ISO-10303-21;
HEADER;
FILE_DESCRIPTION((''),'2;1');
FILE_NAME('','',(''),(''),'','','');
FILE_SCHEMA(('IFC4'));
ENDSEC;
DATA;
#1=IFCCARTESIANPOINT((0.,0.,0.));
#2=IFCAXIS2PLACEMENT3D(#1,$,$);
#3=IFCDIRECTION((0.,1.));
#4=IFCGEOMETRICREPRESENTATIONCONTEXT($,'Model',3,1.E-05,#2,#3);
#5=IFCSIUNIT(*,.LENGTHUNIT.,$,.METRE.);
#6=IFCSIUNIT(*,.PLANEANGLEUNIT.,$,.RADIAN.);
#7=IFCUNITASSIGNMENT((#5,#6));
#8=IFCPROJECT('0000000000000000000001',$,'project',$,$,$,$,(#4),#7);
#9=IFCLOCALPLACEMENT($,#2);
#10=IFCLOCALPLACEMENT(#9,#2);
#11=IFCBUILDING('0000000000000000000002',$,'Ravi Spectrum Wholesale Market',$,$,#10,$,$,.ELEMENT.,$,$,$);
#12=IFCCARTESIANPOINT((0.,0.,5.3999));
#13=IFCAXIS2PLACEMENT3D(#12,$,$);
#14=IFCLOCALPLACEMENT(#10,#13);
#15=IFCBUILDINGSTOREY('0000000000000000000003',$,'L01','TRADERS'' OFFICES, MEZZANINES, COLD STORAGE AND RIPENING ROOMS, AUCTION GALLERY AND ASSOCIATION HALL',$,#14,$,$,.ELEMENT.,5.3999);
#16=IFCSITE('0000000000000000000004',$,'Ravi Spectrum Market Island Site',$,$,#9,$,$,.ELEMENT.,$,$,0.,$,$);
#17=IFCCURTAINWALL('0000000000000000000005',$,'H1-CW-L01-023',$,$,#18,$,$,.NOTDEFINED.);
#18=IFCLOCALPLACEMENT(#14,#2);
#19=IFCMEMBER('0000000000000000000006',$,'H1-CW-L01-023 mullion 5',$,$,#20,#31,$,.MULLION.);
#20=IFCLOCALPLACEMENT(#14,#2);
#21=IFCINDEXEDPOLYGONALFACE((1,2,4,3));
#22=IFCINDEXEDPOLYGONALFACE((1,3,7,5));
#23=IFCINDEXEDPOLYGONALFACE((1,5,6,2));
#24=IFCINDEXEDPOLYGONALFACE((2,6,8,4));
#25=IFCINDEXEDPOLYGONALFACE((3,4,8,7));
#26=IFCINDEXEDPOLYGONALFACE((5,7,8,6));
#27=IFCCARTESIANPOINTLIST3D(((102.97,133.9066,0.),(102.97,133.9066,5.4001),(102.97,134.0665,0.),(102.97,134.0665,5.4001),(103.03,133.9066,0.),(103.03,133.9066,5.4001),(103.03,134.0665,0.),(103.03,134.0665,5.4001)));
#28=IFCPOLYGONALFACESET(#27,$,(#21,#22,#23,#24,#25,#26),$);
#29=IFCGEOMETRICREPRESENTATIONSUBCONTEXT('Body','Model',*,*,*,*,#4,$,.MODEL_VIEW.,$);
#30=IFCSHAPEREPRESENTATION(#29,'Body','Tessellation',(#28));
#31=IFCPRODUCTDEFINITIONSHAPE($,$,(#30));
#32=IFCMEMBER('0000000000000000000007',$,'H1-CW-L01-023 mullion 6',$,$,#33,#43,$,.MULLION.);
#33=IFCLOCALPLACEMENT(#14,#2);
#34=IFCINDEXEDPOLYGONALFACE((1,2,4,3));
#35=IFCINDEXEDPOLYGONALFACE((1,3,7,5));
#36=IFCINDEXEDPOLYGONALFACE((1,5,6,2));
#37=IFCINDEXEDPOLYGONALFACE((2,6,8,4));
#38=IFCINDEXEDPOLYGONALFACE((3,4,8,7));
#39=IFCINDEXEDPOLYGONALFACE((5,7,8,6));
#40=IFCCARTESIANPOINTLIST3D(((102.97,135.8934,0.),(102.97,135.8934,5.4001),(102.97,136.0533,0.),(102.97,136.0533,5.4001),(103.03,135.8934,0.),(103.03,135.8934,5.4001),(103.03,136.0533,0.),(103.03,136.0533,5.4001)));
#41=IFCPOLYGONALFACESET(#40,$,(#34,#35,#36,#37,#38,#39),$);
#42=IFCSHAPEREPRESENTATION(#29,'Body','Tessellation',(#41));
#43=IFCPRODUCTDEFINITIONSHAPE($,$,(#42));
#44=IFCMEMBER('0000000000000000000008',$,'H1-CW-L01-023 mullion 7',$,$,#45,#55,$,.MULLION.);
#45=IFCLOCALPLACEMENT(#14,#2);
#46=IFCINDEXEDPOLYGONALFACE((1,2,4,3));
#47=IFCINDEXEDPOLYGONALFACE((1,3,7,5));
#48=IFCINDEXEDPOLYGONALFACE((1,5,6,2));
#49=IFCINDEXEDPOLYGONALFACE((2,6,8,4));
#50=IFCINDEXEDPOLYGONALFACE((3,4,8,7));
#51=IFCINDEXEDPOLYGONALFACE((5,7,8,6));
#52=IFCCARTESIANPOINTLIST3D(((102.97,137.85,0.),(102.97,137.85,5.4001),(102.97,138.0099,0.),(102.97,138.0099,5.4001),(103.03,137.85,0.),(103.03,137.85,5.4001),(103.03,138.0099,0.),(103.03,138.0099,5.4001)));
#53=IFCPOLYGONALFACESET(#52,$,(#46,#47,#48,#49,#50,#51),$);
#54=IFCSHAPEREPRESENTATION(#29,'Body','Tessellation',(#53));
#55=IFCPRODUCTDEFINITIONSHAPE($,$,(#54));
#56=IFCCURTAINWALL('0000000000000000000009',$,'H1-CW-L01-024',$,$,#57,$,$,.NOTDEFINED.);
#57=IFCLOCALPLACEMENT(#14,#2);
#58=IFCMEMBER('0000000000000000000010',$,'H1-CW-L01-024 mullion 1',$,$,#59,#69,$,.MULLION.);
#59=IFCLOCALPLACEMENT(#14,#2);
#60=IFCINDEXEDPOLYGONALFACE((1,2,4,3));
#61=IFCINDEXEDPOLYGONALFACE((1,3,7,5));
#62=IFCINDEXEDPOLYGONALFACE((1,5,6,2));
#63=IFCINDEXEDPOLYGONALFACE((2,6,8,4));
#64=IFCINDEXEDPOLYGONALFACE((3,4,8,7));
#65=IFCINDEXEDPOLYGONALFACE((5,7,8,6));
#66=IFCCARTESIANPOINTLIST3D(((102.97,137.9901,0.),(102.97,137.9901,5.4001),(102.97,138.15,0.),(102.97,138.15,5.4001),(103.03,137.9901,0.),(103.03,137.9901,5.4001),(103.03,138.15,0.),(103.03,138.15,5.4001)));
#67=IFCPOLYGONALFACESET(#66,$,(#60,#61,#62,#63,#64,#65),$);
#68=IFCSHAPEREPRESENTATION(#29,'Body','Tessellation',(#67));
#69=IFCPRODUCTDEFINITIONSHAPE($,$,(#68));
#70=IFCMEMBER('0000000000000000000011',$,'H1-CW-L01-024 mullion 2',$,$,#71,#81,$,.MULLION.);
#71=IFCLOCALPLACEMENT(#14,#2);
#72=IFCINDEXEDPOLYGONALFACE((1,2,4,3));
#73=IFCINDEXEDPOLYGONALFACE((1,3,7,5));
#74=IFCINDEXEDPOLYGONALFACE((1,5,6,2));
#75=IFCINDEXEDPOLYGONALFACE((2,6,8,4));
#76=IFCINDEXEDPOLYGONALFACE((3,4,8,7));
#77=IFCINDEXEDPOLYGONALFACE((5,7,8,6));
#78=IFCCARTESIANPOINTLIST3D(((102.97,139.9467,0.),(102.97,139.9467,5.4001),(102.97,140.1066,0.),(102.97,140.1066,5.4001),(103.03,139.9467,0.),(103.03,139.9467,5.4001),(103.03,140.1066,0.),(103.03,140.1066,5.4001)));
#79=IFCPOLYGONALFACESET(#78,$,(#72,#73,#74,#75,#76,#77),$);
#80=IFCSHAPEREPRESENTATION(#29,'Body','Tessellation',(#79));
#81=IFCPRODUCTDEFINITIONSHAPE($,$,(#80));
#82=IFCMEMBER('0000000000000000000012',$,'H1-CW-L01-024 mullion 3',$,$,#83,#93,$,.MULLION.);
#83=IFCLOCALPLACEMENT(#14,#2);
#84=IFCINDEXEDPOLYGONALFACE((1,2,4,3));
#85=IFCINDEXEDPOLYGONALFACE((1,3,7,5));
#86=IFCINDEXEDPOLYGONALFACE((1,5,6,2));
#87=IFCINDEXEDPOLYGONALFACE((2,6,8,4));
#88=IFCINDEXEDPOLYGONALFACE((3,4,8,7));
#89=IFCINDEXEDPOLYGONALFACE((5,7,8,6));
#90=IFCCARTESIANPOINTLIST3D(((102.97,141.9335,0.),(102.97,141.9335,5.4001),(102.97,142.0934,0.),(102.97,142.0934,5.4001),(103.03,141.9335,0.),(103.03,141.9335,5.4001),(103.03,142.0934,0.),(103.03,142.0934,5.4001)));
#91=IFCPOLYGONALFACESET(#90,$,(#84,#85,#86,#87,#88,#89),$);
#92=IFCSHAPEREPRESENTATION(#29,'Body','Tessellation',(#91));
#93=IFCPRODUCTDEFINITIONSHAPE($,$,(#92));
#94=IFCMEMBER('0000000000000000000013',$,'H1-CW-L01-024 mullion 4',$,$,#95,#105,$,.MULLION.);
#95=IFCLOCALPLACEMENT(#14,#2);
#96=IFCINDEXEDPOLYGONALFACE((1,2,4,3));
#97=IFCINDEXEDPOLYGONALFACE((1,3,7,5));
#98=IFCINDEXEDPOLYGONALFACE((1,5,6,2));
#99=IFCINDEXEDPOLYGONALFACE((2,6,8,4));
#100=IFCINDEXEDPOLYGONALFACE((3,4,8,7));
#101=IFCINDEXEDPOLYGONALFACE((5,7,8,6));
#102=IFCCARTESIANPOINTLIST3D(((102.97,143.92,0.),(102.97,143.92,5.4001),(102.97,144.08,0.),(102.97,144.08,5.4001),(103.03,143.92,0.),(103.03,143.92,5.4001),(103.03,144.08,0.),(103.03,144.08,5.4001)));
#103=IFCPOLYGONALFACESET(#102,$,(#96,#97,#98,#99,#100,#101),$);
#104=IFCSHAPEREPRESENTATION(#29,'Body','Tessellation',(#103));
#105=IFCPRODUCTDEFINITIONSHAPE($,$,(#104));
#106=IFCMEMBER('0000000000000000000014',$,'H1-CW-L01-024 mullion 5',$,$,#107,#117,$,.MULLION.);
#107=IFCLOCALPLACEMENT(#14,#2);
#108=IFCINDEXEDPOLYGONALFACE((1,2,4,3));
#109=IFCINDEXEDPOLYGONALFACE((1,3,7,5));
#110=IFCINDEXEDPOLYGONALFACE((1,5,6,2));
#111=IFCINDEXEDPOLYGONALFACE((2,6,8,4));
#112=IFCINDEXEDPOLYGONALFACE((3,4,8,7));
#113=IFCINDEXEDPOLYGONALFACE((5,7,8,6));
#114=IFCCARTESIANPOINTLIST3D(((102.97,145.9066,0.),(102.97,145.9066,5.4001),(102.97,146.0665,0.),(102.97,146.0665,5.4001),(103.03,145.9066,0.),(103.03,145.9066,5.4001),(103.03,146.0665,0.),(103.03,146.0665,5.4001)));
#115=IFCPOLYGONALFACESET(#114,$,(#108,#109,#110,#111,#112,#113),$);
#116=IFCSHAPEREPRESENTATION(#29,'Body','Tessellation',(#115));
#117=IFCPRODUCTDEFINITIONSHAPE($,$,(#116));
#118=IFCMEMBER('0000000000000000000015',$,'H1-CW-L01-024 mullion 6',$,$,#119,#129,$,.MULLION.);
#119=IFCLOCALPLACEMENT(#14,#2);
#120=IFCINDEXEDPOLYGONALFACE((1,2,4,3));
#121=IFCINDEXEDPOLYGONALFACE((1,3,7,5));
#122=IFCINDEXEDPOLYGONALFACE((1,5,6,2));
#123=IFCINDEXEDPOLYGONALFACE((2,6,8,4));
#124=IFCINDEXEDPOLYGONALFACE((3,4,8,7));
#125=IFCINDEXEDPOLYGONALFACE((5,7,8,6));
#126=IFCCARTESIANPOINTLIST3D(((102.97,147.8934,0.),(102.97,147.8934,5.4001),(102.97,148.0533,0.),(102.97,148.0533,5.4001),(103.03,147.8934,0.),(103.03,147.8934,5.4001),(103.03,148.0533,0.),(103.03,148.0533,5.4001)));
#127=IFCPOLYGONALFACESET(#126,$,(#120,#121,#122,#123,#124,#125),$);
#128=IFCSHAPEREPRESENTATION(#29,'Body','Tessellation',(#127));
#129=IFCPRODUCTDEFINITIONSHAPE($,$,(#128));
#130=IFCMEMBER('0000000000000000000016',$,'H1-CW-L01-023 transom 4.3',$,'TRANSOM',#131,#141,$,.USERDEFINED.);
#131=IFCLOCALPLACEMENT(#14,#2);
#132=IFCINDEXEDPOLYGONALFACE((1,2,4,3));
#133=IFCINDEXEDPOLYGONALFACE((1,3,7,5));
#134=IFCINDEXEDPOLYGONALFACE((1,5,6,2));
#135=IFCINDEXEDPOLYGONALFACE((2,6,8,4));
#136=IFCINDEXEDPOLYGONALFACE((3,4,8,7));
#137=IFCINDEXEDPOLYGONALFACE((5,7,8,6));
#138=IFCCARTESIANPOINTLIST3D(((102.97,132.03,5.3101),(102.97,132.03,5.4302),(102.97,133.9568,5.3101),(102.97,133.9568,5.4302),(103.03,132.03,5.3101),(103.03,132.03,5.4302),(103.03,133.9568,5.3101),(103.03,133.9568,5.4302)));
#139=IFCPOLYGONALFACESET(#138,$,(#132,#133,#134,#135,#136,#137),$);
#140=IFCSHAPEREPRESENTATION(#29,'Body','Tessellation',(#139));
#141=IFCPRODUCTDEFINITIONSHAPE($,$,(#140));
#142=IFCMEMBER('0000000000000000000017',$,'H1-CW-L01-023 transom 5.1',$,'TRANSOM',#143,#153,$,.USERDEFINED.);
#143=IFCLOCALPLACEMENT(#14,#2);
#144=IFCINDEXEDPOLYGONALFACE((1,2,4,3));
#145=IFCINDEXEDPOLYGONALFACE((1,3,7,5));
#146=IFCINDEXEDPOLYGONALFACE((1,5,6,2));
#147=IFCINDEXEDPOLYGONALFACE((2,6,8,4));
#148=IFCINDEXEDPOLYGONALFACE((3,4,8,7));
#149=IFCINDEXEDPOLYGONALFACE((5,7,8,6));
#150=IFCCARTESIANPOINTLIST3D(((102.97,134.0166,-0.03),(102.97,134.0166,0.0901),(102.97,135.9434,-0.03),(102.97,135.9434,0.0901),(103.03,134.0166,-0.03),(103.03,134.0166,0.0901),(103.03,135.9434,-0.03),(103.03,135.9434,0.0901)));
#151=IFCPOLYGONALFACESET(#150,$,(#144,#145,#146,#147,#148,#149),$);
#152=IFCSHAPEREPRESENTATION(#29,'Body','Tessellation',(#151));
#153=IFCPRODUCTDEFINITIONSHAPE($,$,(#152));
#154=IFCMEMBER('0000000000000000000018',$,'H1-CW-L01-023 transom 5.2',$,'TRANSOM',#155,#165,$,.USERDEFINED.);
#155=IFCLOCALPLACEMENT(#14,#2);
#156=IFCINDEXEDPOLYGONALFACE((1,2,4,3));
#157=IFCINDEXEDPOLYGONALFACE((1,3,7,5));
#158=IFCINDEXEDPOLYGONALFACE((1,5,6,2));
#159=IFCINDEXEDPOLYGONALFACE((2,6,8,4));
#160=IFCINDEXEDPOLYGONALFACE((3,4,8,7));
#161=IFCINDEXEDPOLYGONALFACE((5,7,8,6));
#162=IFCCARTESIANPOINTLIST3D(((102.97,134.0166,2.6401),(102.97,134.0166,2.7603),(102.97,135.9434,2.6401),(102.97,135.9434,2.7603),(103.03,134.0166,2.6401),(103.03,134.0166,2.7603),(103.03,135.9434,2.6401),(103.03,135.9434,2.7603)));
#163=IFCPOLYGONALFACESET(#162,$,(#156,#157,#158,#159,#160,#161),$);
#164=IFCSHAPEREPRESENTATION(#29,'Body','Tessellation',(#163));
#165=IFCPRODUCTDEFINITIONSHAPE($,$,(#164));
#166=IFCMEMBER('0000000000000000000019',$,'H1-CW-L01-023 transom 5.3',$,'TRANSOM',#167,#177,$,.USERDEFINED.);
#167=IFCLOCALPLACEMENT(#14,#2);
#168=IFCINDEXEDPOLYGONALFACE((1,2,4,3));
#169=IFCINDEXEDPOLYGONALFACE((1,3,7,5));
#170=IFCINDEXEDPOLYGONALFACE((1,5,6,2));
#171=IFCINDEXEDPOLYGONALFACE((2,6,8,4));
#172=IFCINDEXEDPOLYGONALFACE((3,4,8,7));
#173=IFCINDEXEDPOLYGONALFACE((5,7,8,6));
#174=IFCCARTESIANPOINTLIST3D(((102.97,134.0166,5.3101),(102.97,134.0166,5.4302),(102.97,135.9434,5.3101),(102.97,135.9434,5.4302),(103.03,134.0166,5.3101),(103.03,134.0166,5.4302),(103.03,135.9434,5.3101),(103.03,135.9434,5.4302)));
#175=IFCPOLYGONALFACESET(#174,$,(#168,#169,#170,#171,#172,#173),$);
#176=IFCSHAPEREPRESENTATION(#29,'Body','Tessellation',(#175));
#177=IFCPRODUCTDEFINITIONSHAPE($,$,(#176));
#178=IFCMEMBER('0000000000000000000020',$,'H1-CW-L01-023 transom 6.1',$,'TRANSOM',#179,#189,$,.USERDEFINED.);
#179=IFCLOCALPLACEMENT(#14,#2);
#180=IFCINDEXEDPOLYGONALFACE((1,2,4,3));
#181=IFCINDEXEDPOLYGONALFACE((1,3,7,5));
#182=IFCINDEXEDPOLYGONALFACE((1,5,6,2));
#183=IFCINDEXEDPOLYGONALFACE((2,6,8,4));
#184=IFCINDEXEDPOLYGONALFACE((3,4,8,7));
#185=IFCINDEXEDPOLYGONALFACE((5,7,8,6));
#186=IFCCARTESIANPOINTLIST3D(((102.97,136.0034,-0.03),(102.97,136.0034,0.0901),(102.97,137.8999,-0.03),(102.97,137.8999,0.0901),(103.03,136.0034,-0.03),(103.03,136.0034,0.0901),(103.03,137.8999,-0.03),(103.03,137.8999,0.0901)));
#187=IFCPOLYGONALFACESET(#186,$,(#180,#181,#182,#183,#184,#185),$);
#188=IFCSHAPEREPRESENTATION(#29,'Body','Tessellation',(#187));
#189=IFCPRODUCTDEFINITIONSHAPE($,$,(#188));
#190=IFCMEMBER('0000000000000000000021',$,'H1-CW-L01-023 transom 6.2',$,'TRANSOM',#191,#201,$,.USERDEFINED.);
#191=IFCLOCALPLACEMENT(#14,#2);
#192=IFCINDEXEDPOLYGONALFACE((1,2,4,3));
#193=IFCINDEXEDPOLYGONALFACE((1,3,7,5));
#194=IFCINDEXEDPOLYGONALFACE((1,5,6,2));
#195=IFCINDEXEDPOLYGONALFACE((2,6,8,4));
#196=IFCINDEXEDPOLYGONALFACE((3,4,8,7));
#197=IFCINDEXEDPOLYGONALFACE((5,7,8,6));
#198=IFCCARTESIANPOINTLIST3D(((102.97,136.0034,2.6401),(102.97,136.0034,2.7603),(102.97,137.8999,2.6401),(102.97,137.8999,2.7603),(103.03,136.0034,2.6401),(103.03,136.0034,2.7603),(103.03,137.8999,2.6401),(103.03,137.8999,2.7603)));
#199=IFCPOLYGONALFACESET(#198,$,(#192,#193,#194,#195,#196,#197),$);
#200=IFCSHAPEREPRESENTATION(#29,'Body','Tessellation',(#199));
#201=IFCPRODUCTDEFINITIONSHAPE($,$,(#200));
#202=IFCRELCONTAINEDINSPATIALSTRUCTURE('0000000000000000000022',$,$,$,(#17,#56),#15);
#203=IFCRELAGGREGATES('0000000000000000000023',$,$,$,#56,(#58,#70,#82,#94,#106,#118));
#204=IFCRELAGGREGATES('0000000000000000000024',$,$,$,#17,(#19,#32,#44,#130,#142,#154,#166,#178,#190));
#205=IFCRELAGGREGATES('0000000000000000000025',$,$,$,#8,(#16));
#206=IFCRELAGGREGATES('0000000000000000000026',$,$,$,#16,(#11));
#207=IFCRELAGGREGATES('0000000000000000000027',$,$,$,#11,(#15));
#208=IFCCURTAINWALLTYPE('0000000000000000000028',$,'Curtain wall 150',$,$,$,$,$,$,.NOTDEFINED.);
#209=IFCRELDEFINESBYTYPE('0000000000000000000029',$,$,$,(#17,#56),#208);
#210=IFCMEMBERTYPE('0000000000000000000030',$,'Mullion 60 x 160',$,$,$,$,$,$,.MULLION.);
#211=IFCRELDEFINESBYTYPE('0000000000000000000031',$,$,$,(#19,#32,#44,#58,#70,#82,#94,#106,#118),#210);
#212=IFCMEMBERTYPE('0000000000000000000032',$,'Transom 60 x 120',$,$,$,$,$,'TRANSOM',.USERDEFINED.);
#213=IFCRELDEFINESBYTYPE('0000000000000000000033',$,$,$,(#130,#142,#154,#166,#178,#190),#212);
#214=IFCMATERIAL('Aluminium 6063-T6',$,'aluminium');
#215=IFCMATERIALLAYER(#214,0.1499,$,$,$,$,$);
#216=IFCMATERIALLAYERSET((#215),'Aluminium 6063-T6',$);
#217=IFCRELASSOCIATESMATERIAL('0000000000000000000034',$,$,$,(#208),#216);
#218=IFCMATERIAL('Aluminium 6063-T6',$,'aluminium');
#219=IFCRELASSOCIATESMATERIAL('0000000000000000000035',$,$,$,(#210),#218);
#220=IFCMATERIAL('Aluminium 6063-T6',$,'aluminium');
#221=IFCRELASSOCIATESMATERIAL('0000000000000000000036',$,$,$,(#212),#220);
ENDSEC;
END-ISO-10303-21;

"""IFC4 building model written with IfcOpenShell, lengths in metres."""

from ifc_helpers import new_model, si_unit, direction, frame, origin, origin_2d, place, context, subcontext, project, spatial, rectangle, extrude, material, layer, layer_set, material_profile, profile_set, type_object, element, aggregate, save


model = new_model("IFC4")

# Units and contexts
model_context = context("Model", 3, precision=1e-05, world=origin(), true_north=direction((0.0, 1.0)))
body_context = subcontext(model_context, "Body", "Model", "MODEL_VIEW")
ifc_project = project(units=[si_unit("LENGTHUNIT", "METRE"), si_unit("PLANEANGLEUNIT", "RADIAN")], contexts=[model_context])

# Site, building, storey
site_placement = place(None, origin())
site = spatial("IfcSite", under=ifc_project, at=site_placement, Name="Ravi Spectrum Market Island Site", CompositionType="ELEMENT", RefElevation=0.0)
building_placement = place(site_placement, origin())
building = spatial("IfcBuilding", under=site, at=building_placement, Name="Ravi Spectrum Wholesale Market", CompositionType="ELEMENT")
storey_placement = place(building_placement, frame((0.0, 0.0, 5.3999)))
storey = spatial("IfcBuildingStorey", under=building, at=storey_placement, Name="L01", Description="TRADERS' OFFICES, MEZZANINES, COLD STORAGE AND RIPENING ROOMS, AUCTION GALLERY AND ASSOCIATION HALL", CompositionType="ELEMENT", Elevation=5.3999)

# Curtain walls, members
ifc_material_1 = material(Name="Aluminium 6063-T6", Category="aluminium")
ifc_layer_1 = layer(ifc_material_1, 0.1499)
ifc_layer_set_1 = layer_set([ifc_layer_1], Name="Aluminium 6063-T6")
curtain_wall_type = type_object("IfcCurtainWallType", Name="Curtain wall 150", PredefinedType="NOTDEFINED", material=ifc_layer_set_1)
curtain_wall_1_placement = place(storey_placement, origin())
curtain_wall_1 = element("IfcCurtainWall", 1, at=curtain_wall_1_placement, inside=storey, type_object=curtain_wall_type, Name="H1-CW-L01-023", PredefinedType="NOTDEFINED")
ifc_material_2 = material(Name="Aluminium 6063-T6", Category="aluminium")
ifc_material_profile_1 = material_profile(ifc_material_2, rectangle(XDim=0.0601, YDim=0.1599, at=origin_2d()))
ifc_profile_set_1 = profile_set([ifc_material_profile_1], Name="Aluminium 6063-T6")
member_type_1 = type_object("IfcMemberType", Name="Mullion 60 x 160", PredefinedType="MULLION", material=ifc_profile_set_1)
member_1_placement = place(storey_placement, frame((103.0, 133.9866, 0.0), z_axis=(0.0, 0.0, 1.0), x_axis=(-1.0, 0.0, 0.0)))
member_1 = element("IfcMember", 2, at=member_1_placement, type_object=member_type_1, Name="H1-CW-L01-023 mullion 5", PredefinedType="MULLION", context=body_context, shape_type="SweptSolid", body=[
    extrude(rectangle(XDim=0.0601, YDim=0.1599, at=origin_2d()), origin(), (0.0, 0.0, 1.0), 5.4001),
])
member_2_placement = place(storey_placement, frame((103.0, 135.9734, 0.0), z_axis=(0.0, 0.0, 1.0), x_axis=(-1.0, 0.0, 0.0)))
member_2 = element("IfcMember", 3, at=member_2_placement, type_object=member_type_1, Name="H1-CW-L01-023 mullion 6", PredefinedType="MULLION", context=body_context, shape_type="SweptSolid", body=[
    extrude(rectangle(XDim=0.0601, YDim=0.1599, at=origin_2d()), origin(), (0.0, 0.0, 1.0), 5.4001),
])
member_3_placement = place(storey_placement, frame((103.0, 137.9299, 0.0), z_axis=(0.0, 0.0, 1.0), x_axis=(-1.0, 0.0, 0.0)))
member_3 = element("IfcMember", 4, at=member_3_placement, type_object=member_type_1, Name="H1-CW-L01-023 mullion 7", PredefinedType="MULLION", context=body_context, shape_type="SweptSolid", body=[
    extrude(rectangle(XDim=0.0601, YDim=0.1599, at=origin_2d()), origin(), (0.0, 0.0, 1.0), 5.4001),
])
curtain_wall_2_placement = place(storey_placement, origin())
curtain_wall_2 = element("IfcCurtainWall", 5, at=curtain_wall_2_placement, inside=storey, type_object=curtain_wall_type, Name="H1-CW-L01-024", PredefinedType="NOTDEFINED")
member_4_placement = place(storey_placement, frame((103.0, 138.0701, 0.0), z_axis=(0.0, 0.0, 1.0), x_axis=(-1.0, 0.0, 0.0)))
member_4 = element("IfcMember", 6, at=member_4_placement, type_object=member_type_1, Name="H1-CW-L01-024 mullion 1", PredefinedType="MULLION", context=body_context, shape_type="SweptSolid", body=[
    extrude(rectangle(XDim=0.0601, YDim=0.1599, at=origin_2d()), origin(), (0.0, 0.0, 1.0), 5.4001),
])
member_5_placement = place(storey_placement, frame((103.0, 140.0266, 0.0), z_axis=(0.0, 0.0, 1.0), x_axis=(-1.0, 0.0, 0.0)))
member_5 = element("IfcMember", 7, at=member_5_placement, type_object=member_type_1, Name="H1-CW-L01-024 mullion 2", PredefinedType="MULLION", context=body_context, shape_type="SweptSolid", body=[
    extrude(rectangle(XDim=0.0601, YDim=0.1599, at=origin_2d()), origin(), (0.0, 0.0, 1.0), 5.4001),
])
member_6_placement = place(storey_placement, frame((103.0, 142.0134, 0.0), z_axis=(0.0, 0.0, 1.0), x_axis=(-1.0, 0.0, 0.0)))
member_6 = element("IfcMember", 8, at=member_6_placement, type_object=member_type_1, Name="H1-CW-L01-024 mullion 3", PredefinedType="MULLION", context=body_context, shape_type="SweptSolid", body=[
    extrude(rectangle(XDim=0.0601, YDim=0.1599, at=origin_2d()), origin(), (0.0, 0.0, 1.0), 5.4001),
])
member_7_placement = place(storey_placement, frame((103.0, 144.0, 0.0), z_axis=(0.0, 0.0, 1.0), x_axis=(-1.0, 0.0, 0.0)))
member_7 = element("IfcMember", 9, at=member_7_placement, type_object=member_type_1, Name="H1-CW-L01-024 mullion 4", PredefinedType="MULLION", context=body_context, shape_type="SweptSolid", body=[
    extrude(rectangle(XDim=0.0601, YDim=0.1599, at=origin_2d()), origin(), (0.0, 0.0, 1.0), 5.4001),
])
member_8_placement = place(storey_placement, frame((103.0, 145.9866, 0.0), z_axis=(0.0, 0.0, 1.0), x_axis=(-1.0, 0.0, 0.0)))
member_8 = element("IfcMember", 10, at=member_8_placement, type_object=member_type_1, Name="H1-CW-L01-024 mullion 5", PredefinedType="MULLION", context=body_context, shape_type="SweptSolid", body=[
    extrude(rectangle(XDim=0.0601, YDim=0.1599, at=origin_2d()), origin(), (0.0, 0.0, 1.0), 5.4001),
])
member_9_placement = place(storey_placement, frame((103.0, 147.9734, 0.0), z_axis=(0.0, 0.0, 1.0), x_axis=(-1.0, 0.0, 0.0)))
member_9 = element("IfcMember", 11, at=member_9_placement, type_object=member_type_1, Name="H1-CW-L01-024 mullion 6", PredefinedType="MULLION", context=body_context, shape_type="SweptSolid", body=[
    extrude(rectangle(XDim=0.0601, YDim=0.1599, at=origin_2d()), origin(), (0.0, 0.0, 1.0), 5.4001),
])
aggregate(curtain_wall_2, [member_4, member_5, member_6, member_7, member_8, member_9])

# Members
ifc_material_3 = material(Name="Aluminium 6063-T6", Category="aluminium")
ifc_material_profile_2 = material_profile(ifc_material_3, rectangle(XDim=0.0601, YDim=0.1201, at=origin_2d()))
ifc_profile_set_2 = profile_set([ifc_material_profile_2], Name="Aluminium 6063-T6")
member_type_2 = type_object("IfcMemberType", Name="Transom 60 x 120", ElementType="TRANSOM", PredefinedType="USERDEFINED", material=ifc_profile_set_2)
member_10_placement = place(storey_placement, frame((103.0, 132.03, 5.3701), z_axis=(0.0, 1.0, 0.0), x_axis=(-1.0, 0.0, 0.0)))
member_10 = element("IfcMember", 12, at=member_10_placement, type_object=member_type_2, Name="H1-CW-L01-023 transom 4.3", ObjectType="TRANSOM", PredefinedType="USERDEFINED", context=body_context, shape_type="SweptSolid", body=[
    extrude(rectangle(XDim=0.0601, YDim=0.1201, at=origin_2d()), origin(), (0.0, 0.0, 1.0), 1.9268),
])
member_11_placement = place(storey_placement, frame((103.0, 134.0166, 0.03), z_axis=(0.0, 1.0, 0.0), x_axis=(-1.0, 0.0, 0.0)))
member_11 = element("IfcMember", 13, at=member_11_placement, type_object=member_type_2, Name="H1-CW-L01-023 transom 5.1", ObjectType="TRANSOM", PredefinedType="USERDEFINED", context=body_context, shape_type="SweptSolid", body=[
    extrude(rectangle(XDim=0.0601, YDim=0.1201, at=origin_2d()), origin(), (0.0, 0.0, 1.0), 1.9268),
])
member_12_placement = place(storey_placement, frame((103.0, 134.0166, 2.7002), z_axis=(0.0, 1.0, 0.0), x_axis=(-1.0, 0.0, 0.0)))
member_12 = element("IfcMember", 14, at=member_12_placement, type_object=member_type_2, Name="H1-CW-L01-023 transom 5.2", ObjectType="TRANSOM", PredefinedType="USERDEFINED", context=body_context, shape_type="SweptSolid", body=[
    extrude(rectangle(XDim=0.0601, YDim=0.1201, at=origin_2d()), origin(), (0.0, 0.0, 1.0), 1.9268),
])
member_13_placement = place(storey_placement, frame((103.0, 134.0166, 5.3701), z_axis=(0.0, 1.0, 0.0), x_axis=(-1.0, 0.0, 0.0)))
member_13 = element("IfcMember", 15, at=member_13_placement, type_object=member_type_2, Name="H1-CW-L01-023 transom 5.3", ObjectType="TRANSOM", PredefinedType="USERDEFINED", context=body_context, shape_type="SweptSolid", body=[
    extrude(rectangle(XDim=0.0601, YDim=0.1201, at=origin_2d()), origin(), (0.0, 0.0, 1.0), 1.9268),
])
member_14_placement = place(storey_placement, frame((103.0, 136.0034, 0.03), z_axis=(0.0, 1.0, 0.0), x_axis=(-1.0, 0.0, 0.0)))
member_14 = element("IfcMember", 16, at=member_14_placement, type_object=member_type_2, Name="H1-CW-L01-023 transom 6.1", ObjectType="TRANSOM", PredefinedType="USERDEFINED", context=body_context, shape_type="SweptSolid", body=[
    extrude(rectangle(XDim=0.0601, YDim=0.1201, at=origin_2d()), origin(), (0.0, 0.0, 1.0), 1.8965),
])
member_15_placement = place(storey_placement, frame((103.0, 136.0034, 2.7002), z_axis=(0.0, 1.0, 0.0), x_axis=(-1.0, 0.0, 0.0)))
member_15 = element("IfcMember", 17, at=member_15_placement, type_object=member_type_2, Name="H1-CW-L01-023 transom 6.2", ObjectType="TRANSOM", PredefinedType="USERDEFINED", context=body_context, shape_type="SweptSolid", body=[
    extrude(rectangle(XDim=0.0601, YDim=0.1201, at=origin_2d()), origin(), (0.0, 0.0, 1.0), 1.8965),
])

aggregate(curtain_wall_1, [member_1, member_2, member_3, member_10, member_11, member_12, member_13, member_14, member_15])

save(model, "model.ifc")
